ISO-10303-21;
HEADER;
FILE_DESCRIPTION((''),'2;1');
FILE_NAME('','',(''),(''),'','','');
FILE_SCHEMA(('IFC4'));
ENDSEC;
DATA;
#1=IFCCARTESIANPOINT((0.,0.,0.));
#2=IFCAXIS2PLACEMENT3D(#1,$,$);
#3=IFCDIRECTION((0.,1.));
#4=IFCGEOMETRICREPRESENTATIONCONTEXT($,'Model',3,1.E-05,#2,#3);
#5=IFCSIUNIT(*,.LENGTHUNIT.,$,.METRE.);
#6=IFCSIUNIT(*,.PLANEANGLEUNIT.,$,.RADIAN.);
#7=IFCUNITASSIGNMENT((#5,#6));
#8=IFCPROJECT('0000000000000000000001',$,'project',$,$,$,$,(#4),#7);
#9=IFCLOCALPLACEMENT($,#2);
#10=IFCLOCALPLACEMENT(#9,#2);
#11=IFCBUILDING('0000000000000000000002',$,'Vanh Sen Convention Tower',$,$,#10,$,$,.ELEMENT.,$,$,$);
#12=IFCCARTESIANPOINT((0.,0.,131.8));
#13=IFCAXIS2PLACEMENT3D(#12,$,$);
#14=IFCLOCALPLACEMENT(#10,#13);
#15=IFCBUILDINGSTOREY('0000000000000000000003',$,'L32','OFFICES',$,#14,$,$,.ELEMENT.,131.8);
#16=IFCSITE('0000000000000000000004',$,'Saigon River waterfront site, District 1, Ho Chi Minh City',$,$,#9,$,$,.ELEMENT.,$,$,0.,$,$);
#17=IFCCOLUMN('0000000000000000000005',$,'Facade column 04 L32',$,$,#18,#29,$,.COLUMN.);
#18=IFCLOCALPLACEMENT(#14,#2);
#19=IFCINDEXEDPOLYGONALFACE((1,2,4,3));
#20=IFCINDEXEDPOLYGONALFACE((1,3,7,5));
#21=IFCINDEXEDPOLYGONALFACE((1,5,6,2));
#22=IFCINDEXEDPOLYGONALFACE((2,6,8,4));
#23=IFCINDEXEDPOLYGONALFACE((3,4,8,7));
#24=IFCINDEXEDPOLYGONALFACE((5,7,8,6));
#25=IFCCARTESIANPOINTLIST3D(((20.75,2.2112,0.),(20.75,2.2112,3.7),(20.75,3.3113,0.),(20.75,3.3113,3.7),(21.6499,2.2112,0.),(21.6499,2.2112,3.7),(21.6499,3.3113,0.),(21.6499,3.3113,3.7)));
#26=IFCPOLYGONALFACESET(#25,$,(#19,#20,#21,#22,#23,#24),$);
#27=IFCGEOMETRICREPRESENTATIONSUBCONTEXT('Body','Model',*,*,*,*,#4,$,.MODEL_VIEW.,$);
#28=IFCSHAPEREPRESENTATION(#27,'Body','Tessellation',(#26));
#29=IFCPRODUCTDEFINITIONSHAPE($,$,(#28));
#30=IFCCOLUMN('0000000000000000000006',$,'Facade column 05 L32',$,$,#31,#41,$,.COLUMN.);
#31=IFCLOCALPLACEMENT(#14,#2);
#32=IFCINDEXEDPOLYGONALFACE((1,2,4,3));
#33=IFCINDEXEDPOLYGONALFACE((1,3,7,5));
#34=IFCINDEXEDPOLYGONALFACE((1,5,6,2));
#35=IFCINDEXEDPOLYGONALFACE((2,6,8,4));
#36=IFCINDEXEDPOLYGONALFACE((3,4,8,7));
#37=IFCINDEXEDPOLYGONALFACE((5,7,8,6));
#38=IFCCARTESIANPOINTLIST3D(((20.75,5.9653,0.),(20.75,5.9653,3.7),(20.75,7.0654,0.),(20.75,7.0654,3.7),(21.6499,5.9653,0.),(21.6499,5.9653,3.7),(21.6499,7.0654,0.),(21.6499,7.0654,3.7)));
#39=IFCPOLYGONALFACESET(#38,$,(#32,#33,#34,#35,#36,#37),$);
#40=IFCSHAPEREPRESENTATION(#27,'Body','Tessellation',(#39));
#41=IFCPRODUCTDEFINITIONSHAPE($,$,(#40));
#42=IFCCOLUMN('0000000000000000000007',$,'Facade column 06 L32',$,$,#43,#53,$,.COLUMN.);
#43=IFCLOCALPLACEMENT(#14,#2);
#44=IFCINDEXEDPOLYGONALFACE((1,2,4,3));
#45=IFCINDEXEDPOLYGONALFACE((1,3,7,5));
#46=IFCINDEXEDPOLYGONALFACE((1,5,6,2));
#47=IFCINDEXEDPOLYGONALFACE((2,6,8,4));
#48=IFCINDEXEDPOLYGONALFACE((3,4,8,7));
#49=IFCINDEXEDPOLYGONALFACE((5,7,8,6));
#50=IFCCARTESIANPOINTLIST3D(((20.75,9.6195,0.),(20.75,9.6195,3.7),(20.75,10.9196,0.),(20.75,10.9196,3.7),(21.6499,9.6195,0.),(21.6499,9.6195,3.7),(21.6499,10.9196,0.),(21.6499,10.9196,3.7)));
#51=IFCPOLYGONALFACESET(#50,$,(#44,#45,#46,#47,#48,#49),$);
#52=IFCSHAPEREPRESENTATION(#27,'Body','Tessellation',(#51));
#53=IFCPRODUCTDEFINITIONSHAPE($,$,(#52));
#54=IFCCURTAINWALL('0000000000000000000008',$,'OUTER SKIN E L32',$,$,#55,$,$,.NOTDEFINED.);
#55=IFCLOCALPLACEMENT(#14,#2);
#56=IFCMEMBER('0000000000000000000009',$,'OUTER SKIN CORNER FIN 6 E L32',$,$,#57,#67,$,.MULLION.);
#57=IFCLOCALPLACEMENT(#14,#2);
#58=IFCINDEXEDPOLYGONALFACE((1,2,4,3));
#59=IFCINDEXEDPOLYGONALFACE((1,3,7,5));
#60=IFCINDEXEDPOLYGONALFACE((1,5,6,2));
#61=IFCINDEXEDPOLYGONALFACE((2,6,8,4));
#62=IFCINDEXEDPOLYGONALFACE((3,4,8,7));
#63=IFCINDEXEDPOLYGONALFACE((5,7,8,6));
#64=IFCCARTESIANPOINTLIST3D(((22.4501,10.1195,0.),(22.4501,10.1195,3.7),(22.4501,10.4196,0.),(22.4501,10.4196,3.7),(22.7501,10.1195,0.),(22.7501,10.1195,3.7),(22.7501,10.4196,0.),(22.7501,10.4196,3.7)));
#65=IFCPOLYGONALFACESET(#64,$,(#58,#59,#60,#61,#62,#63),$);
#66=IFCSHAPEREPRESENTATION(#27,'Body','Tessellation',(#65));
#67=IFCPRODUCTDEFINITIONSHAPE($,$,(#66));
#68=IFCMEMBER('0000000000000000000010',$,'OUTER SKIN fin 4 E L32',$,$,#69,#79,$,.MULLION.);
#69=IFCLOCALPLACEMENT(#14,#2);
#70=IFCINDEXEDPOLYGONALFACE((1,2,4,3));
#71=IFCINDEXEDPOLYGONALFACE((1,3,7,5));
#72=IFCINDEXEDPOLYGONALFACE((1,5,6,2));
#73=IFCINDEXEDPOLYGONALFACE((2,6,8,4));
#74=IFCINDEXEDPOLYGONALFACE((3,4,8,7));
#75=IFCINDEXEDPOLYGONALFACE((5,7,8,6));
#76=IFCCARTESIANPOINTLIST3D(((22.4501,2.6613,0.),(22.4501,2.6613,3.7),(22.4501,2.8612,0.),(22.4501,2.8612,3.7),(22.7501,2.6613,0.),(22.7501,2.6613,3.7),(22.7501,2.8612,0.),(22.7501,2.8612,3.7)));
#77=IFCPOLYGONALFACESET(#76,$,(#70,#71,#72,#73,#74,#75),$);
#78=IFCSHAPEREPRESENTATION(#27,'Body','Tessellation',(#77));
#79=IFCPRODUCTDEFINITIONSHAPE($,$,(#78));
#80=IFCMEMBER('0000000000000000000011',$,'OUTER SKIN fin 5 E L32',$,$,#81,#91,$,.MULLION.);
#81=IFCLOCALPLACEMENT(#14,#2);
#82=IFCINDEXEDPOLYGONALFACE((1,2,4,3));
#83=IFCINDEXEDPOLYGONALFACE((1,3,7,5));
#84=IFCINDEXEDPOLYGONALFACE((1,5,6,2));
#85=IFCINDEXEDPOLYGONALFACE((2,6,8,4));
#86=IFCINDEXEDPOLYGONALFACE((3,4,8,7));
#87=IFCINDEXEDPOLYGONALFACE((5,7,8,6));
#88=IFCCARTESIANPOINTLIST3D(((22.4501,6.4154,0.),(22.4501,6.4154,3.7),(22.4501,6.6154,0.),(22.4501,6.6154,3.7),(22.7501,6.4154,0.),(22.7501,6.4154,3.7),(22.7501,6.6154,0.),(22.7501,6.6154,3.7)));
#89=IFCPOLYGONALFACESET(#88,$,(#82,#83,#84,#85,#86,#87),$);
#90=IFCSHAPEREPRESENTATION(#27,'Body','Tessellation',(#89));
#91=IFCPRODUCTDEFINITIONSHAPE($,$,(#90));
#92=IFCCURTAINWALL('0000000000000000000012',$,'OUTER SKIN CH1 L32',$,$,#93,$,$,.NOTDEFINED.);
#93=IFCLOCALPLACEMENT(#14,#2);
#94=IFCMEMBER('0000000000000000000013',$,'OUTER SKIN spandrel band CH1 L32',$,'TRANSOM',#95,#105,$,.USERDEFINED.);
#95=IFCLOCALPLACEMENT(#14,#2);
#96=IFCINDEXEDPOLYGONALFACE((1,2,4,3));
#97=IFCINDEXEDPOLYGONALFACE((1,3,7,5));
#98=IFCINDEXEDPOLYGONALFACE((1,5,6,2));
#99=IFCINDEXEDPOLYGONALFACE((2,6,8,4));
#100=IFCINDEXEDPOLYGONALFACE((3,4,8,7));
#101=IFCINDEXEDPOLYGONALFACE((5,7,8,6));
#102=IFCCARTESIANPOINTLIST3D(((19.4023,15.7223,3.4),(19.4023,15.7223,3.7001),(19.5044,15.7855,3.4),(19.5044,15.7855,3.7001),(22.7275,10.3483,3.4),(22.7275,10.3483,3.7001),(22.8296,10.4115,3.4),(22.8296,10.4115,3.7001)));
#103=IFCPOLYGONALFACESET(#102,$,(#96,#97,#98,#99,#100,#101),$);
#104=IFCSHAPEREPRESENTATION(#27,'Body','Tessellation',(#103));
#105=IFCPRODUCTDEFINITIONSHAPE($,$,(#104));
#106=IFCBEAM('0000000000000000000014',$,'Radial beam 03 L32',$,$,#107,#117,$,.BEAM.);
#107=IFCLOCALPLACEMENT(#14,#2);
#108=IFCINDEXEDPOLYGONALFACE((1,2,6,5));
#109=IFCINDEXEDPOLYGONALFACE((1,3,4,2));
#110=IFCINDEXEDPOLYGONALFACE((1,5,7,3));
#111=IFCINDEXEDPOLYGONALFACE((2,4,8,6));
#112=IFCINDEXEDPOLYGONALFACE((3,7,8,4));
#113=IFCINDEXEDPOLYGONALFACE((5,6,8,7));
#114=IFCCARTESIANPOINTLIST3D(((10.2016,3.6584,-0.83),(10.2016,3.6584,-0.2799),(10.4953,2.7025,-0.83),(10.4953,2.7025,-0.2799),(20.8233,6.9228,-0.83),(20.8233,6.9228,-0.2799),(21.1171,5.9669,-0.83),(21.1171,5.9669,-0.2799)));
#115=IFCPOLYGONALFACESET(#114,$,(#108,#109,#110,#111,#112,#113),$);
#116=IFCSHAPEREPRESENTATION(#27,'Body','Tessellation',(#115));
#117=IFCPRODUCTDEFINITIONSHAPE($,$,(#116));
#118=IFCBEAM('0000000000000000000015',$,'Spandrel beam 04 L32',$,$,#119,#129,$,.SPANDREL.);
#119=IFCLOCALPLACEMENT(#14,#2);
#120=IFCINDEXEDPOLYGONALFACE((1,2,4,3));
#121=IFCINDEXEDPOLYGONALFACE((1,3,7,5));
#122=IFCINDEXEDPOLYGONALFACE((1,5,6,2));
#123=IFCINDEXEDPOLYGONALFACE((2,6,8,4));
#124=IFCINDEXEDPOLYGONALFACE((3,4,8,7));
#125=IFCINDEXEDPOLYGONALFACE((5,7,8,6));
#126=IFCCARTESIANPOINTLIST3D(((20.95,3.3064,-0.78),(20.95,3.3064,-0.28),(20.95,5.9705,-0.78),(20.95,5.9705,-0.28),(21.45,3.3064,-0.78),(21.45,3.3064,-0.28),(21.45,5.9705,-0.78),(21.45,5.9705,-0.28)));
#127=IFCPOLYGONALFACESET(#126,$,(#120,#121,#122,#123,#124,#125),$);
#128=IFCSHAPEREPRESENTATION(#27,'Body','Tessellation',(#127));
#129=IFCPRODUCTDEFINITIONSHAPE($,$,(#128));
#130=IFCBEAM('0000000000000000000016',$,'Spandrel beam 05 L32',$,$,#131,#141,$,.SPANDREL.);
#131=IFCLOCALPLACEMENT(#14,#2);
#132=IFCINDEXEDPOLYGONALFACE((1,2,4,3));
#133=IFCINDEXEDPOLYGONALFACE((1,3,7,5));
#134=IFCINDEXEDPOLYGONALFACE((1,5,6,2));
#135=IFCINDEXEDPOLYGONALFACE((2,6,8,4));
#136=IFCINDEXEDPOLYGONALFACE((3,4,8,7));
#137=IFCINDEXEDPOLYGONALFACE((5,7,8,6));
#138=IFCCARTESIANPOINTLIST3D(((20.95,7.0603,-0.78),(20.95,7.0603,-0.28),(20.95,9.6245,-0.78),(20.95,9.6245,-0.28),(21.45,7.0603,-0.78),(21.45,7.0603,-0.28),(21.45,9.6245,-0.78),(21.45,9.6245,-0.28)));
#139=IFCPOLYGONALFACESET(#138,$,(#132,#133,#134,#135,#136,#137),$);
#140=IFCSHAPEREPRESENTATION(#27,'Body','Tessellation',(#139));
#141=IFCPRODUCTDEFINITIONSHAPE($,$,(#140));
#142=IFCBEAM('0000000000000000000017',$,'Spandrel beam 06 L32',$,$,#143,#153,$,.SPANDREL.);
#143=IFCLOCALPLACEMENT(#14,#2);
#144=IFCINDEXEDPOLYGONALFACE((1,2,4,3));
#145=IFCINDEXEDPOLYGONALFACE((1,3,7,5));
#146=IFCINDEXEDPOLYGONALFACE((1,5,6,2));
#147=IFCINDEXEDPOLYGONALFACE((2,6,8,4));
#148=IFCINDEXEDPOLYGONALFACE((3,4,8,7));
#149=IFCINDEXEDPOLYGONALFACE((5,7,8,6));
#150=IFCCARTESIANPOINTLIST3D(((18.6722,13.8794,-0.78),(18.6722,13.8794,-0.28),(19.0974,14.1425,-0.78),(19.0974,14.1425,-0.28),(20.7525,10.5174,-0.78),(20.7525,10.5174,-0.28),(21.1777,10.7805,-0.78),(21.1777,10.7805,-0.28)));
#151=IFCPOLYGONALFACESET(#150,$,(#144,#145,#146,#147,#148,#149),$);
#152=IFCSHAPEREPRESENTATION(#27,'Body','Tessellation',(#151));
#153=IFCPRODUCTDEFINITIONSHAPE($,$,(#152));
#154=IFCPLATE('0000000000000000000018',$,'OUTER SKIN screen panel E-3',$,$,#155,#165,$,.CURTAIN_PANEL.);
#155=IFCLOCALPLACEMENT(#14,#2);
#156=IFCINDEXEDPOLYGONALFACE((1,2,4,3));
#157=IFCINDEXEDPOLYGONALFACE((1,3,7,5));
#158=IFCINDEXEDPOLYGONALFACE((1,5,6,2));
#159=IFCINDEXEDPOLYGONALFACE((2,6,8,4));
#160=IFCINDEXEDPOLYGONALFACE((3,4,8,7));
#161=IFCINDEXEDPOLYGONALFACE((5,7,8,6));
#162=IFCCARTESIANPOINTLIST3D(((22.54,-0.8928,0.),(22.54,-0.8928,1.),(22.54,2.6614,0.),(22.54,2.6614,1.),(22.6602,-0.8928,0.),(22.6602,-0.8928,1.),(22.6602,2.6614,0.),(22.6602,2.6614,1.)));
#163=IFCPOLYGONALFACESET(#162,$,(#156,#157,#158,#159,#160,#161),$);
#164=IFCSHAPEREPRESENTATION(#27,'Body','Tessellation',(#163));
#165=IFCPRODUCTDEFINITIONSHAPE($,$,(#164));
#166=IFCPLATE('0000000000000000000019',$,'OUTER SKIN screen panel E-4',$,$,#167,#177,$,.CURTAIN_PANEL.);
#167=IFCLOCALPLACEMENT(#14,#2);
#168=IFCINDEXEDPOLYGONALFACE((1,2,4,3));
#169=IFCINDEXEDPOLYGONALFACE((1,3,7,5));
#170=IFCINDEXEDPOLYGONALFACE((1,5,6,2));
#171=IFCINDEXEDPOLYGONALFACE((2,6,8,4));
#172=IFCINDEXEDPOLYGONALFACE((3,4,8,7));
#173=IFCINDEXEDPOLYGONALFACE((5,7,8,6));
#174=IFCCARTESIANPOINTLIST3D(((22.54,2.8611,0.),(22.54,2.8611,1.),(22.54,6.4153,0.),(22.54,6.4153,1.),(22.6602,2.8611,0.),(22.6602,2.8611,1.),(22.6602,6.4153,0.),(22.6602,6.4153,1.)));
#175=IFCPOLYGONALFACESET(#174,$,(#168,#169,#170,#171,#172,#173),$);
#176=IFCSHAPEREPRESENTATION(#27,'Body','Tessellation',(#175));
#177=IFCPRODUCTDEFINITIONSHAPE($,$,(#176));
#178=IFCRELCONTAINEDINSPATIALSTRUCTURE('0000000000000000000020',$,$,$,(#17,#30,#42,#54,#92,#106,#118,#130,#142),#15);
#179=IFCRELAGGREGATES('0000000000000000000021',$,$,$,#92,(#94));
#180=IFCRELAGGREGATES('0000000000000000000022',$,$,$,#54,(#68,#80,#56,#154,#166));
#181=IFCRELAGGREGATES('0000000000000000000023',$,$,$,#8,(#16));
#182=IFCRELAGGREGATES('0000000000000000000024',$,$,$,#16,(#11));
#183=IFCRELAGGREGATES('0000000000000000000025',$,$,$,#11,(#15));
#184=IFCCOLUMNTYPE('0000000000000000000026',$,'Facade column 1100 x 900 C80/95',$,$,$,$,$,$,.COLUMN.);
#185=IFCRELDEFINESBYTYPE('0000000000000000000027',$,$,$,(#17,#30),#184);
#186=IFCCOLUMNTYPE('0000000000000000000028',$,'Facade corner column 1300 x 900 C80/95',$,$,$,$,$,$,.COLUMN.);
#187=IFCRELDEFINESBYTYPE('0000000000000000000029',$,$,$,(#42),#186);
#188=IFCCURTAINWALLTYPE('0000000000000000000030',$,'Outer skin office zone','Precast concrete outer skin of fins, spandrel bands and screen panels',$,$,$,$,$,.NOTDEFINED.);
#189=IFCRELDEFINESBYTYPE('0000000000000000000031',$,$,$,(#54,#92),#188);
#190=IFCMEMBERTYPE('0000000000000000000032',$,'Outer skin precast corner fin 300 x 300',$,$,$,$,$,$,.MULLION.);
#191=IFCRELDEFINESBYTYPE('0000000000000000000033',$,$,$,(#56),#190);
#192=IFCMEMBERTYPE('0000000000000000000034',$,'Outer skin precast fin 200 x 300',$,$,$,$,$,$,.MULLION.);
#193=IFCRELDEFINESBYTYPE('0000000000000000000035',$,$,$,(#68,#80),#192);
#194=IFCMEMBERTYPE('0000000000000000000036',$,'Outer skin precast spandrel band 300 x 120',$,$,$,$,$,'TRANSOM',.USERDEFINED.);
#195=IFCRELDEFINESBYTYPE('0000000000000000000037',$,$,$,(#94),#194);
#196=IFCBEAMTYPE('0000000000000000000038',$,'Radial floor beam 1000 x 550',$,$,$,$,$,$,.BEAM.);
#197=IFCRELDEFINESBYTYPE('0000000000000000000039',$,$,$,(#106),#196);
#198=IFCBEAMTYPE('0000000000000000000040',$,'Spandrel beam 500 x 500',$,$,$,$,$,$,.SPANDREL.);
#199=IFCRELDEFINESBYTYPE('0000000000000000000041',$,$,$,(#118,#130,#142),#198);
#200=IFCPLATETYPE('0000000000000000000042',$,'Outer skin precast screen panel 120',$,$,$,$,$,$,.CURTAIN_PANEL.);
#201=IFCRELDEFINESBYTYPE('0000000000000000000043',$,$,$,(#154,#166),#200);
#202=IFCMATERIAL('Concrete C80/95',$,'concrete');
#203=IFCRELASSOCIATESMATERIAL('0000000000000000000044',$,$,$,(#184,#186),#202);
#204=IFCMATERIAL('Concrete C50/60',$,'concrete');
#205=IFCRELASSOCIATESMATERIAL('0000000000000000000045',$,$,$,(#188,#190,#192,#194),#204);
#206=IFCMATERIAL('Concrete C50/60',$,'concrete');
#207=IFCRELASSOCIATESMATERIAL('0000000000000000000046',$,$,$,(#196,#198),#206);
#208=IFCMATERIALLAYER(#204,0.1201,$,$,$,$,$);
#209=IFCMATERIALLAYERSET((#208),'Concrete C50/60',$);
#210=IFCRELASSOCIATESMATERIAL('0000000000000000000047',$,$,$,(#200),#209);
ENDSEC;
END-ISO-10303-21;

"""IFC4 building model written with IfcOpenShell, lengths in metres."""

from ifc_helpers import new_model, si_unit, direction, frame, origin, origin_2d, place, context, subcontext, project, spatial, rectangle, extrude, material, layer, layer_set, material_profile, profile_set, type_object, element, aggregate, save


model = new_model("IFC4")

# Units and contexts
model_context = context("Model", 3, precision=1e-05, world=origin(), true_north=direction((0.0, 1.0)))
body_context = subcontext(model_context, "Body", "Model", "MODEL_VIEW")
ifc_project = project(units=[si_unit("LENGTHUNIT", "METRE"), si_unit("PLANEANGLEUNIT", "RADIAN")], contexts=[model_context])

# Site, building, storey
site_placement = place(None, origin())
site = spatial("IfcSite", under=ifc_project, at=site_placement, Name="Saigon River waterfront site, District 1, Ho Chi Minh City", CompositionType="ELEMENT", RefElevation=0.0)
building_placement = place(site_placement, origin())
building = spatial("IfcBuilding", under=site, at=building_placement, Name="Vanh Sen Convention Tower", CompositionType="ELEMENT")
storey_placement = place(building_placement, frame((0.0, 0.0, 131.8)))
storey = spatial("IfcBuildingStorey", under=building, at=storey_placement, Name="L32", Description="OFFICES", CompositionType="ELEMENT", Elevation=131.8)

# Columns
ifc_material_1 = material(Name="Concrete C80/95", Category="concrete")
ifc_material_profile_1 = material_profile(ifc_material_1, rectangle(XDim=1.1001, YDim=0.8999, at=origin_2d()), Name="RC 1100X900")
ifc_profile_set_1 = profile_set([ifc_material_profile_1], Name="Concrete C80/95")
column_type_1 = type_object("IfcColumnType", Name="Facade column 1100 x 900 C80/95", PredefinedType="COLUMN", material=ifc_profile_set_1)
for number, where, z_axis, x_axis, name in (
    (1, (21.2, 2.7612, 0.0), (0.0, 0.0, 1.0), (0.0, 1.0, 0.0), "Facade column 04 L32"),
    (2, (21.2, 6.5154, 0.0), (0.0, 0.0, 1.0), (0.0, 1.0, 0.0), "Facade column 05 L32"),
):
    element("IfcColumn", number, at=place(storey_placement, frame(where, z_axis=z_axis, x_axis=x_axis)), inside=storey, type_object=column_type_1, Name=name, PredefinedType="COLUMN", context=body_context, shape_type="SweptSolid", body=[
        extrude(rectangle(XDim=1.1001, YDim=0.8999, at=origin_2d()), origin(), (0.0, 0.0, 1.0), 3.7),
    ])
ifc_material_profile_2 = material_profile(ifc_material_1, rectangle(XDim=1.3, YDim=0.8999, at=origin_2d()), Name="RC 1300X900")
ifc_profile_set_2 = profile_set([ifc_material_profile_2], Name="Concrete C80/95")
column_type_2 = type_object("IfcColumnType", Name="Facade corner column 1300 x 900 C80/95", PredefinedType="COLUMN", material=ifc_profile_set_2)
column_placement = place(storey_placement, frame((21.2, 10.2695, 0.0), z_axis=(0.0, 0.0, 1.0), x_axis=(0.0, 1.0, 0.0)))
element("IfcColumn", 3, at=column_placement, inside=storey, type_object=column_type_2, Name="Facade column 06 L32", PredefinedType="COLUMN", context=body_context, shape_type="SweptSolid", body=[
    extrude(rectangle(XDim=1.3, YDim=0.8999, at=origin_2d()), origin(), (0.0, 0.0, 1.0), 3.7),
])

# Curtain wall, members
ifc_material_2 = material(Name="Concrete C50/60", Category="concrete")
curtain_wall_type = type_object("IfcCurtainWallType", Name="Outer skin office zone", Description="Precast concrete outer skin of fins, spandrel bands and screen panels", PredefinedType="NOTDEFINED", material=ifc_material_2)
curtain_wall_1_placement = place(storey_placement, origin())
curtain_wall_1 = element("IfcCurtainWall", 4, at=curtain_wall_1_placement, inside=storey, type_object=curtain_wall_type, Name="OUTER SKIN E L32", PredefinedType="NOTDEFINED")
ifc_material_profile_3 = material_profile(ifc_material_2, rectangle(XDim=0.3, YDim=0.3, at=origin_2d()), Name="Outer skin precast corner fin 300 x 300")
ifc_profile_set_3 = profile_set([ifc_material_profile_3], Name="Concrete C50/60")
member_type_1 = type_object("IfcMemberType", Name="Outer skin precast corner fin 300 x 300", PredefinedType="MULLION", material=ifc_profile_set_3)
member_1_placement = place(storey_placement, frame((22.6001, 10.2695, 0.0), z_axis=(0.0, 0.0, 1.0), x_axis=(0.0, 1.0, 0.0)))
member_1 = element("IfcMember", 5, at=member_1_placement, type_object=member_type_1, Name="OUTER SKIN CORNER FIN 6 E L32", PredefinedType="MULLION", context=body_context, shape_type="SweptSolid", body=[
    extrude(rectangle(XDim=0.3, YDim=0.3, at=origin_2d()), origin(), (0.0, 0.0, 1.0), 3.7),
])
ifc_material_profile_4 = material_profile(ifc_material_2, rectangle(XDim=0.2, YDim=0.3, at=origin_2d()), Name="Outer skin precast fin 200 x 300")
ifc_profile_set_4 = profile_set([ifc_material_profile_4], Name="Concrete C50/60")
member_type_2 = type_object("IfcMemberType", Name="Outer skin precast fin 200 x 300", PredefinedType="MULLION", material=ifc_profile_set_4)
member_2_placement = place(storey_placement, frame((22.6001, 2.7612, 0.0), z_axis=(0.0, 0.0, 1.0), x_axis=(0.0, 1.0, 0.0)))
member_2 = element("IfcMember", 6, at=member_2_placement, type_object=member_type_2, Name="OUTER SKIN fin 4 E L32", PredefinedType="MULLION", context=body_context, shape_type="SweptSolid", body=[
    extrude(rectangle(XDim=0.2, YDim=0.3, at=origin_2d()), origin(), (0.0, 0.0, 1.0), 3.7),
])
member_3_placement = place(storey_placement, frame((22.6001, 6.5154, 0.0), z_axis=(0.0, 0.0, 1.0), x_axis=(0.0, 1.0, 0.0)))
member_3 = element("IfcMember", 7, at=member_3_placement, type_object=member_type_2, Name="OUTER SKIN fin 5 E L32", PredefinedType="MULLION", context=body_context, shape_type="SweptSolid", body=[
    extrude(rectangle(XDim=0.2, YDim=0.3, at=origin_2d()), origin(), (0.0, 0.0, 1.0), 3.7),
])

# Curtain wall, member
curtain_wall_2_placement = place(storey_placement, origin())
curtain_wall_2 = element("IfcCurtainWall", 8, at=curtain_wall_2_placement, inside=storey, type_object=curtain_wall_type, Name="OUTER SKIN CH1 L32", PredefinedType="NOTDEFINED")
ifc_material_profile_5 = material_profile(ifc_material_2, rectangle(XDim=0.1201, YDim=0.3, at=origin_2d()), Name="Outer skin precast spandrel band 300 x 120")
ifc_profile_set_5 = profile_set([ifc_material_profile_5], Name="Concrete C50/60")
member_type_3 = type_object("IfcMemberType", Name="Outer skin precast spandrel band 300 x 120", ElementType="TRANSOM", PredefinedType="USERDEFINED", material=ifc_profile_set_5)
member_4_placement = place(storey_placement, frame((22.7786, 10.3799, 3.55), z_axis=(-0.526174, 0.850377, 0.0), x_axis=(-0.850377, -0.526174, 0.0)))
member_4 = element("IfcMember", 9, at=member_4_placement, type_object=member_type_3, Name="OUTER SKIN spandrel band CH1 L32", ObjectType="TRANSOM", PredefinedType="USERDEFINED", context=body_context, shape_type="SweptSolid", body=[
    extrude(rectangle(XDim=0.1201, YDim=0.3, at=origin_2d()), origin(), (0.0, 0.0, 1.0), 6.3196),
])
aggregate(curtain_wall_2, [member_4])

# Beams
ifc_material_3 = material(Name="Concrete C50/60", Category="concrete")
ifc_material_profile_6 = material_profile(ifc_material_3, rectangle(XDim=1.0, YDim=0.55, at=origin_2d()), Name="RC 1000X550")
ifc_profile_set_6 = profile_set([ifc_material_profile_6], Name="Concrete C50/60")
beam_type_1 = type_object("IfcBeamType", Name="Radial floor beam 1000 x 550", PredefinedType="BEAM", material=ifc_profile_set_6)
beam_1_placement = place(storey_placement, frame((20.9702, 6.4448, -0.5549), z_axis=(-0.955876, -0.293769, 0.0), x_axis=(0.293769, -0.955876, 0.0)))
element("IfcBeam", 10, at=beam_1_placement, inside=storey, type_object=beam_type_1, Name="Radial beam 03 L32", PredefinedType="BEAM", context=body_context, shape_type="SweptSolid", body=[
    extrude(rectangle(XDim=1.0, YDim=0.55, at=origin_2d()), origin(), (0.0, 0.0, 1.0), 11.1121),
])
ifc_material_profile_7 = material_profile(ifc_material_3, rectangle(XDim=0.5, YDim=0.5, at=origin_2d()), Name="RC 500X500")
ifc_profile_set_7 = profile_set([ifc_material_profile_7], Name="Concrete C50/60")
beam_type_2 = type_object("IfcBeamType", Name="Spandrel beam 500 x 500", PredefinedType="SPANDREL", material=ifc_profile_set_7)
beam_2_placement = place(storey_placement, frame((21.2, 3.3064, -0.53), z_axis=(0.0, 1.0, 0.0), x_axis=(-1.0, 0.0, 0.0)))
element("IfcBeam", 11, at=beam_2_placement, inside=storey, type_object=beam_type_2, Name="Spandrel beam 04 L32", PredefinedType="SPANDREL", context=body_context, shape_type="SweptSolid", body=[
    extrude(rectangle(XDim=0.5, YDim=0.5, at=origin_2d()), origin(), (0.0, 0.0, 1.0), 2.6641),
])
beam_3_placement = place(storey_placement, frame((21.2, 7.0603, -0.53), z_axis=(0.0, 1.0, 0.0), x_axis=(-1.0, 0.0, 0.0)))
element("IfcBeam", 12, at=beam_3_placement, inside=storey, type_object=beam_type_2, Name="Spandrel beam 05 L32", PredefinedType="SPANDREL", context=body_context, shape_type="SweptSolid", body=[
    extrude(rectangle(XDim=0.5, YDim=0.5, at=origin_2d()), origin(), (0.0, 0.0, 1.0), 2.5642),
])
beam_4_placement = place(storey_placement, frame((20.9651, 10.6489, -0.53), z_axis=(-0.52618, 0.850373, 0.0), x_axis=(-0.850373, -0.52618, 0.0)))
element("IfcBeam", 13, at=beam_4_placement, inside=storey, type_object=beam_type_2, Name="Spandrel beam 06 L32", PredefinedType="SPANDREL", context=body_context, shape_type="SweptSolid", body=[
    extrude(rectangle(XDim=0.5, YDim=0.5, at=origin_2d()), origin(), (0.0, 0.0, 1.0), 3.9536),
])

# Plates
ifc_layer_1 = layer(ifc_material_2, 0.1201)
ifc_layer_set_1 = layer_set([ifc_layer_1], Name="Concrete C50/60")
plate_type = type_object("IfcPlateType", Name="Outer skin precast screen panel 120", PredefinedType="CURTAIN_PANEL", material=ifc_layer_set_1)
plate_1_placement = place(storey_placement, frame((22.6001, 0.8843, 0.0), z_axis=(0.0, 0.0, 1.0), x_axis=(0.0, 1.0, 0.0)))
plate_1 = element("IfcPlate", 14, at=plate_1_placement, type_object=plate_type, Name="OUTER SKIN screen panel E-3", PredefinedType="CURTAIN_PANEL", context=body_context, shape_type="SweptSolid", body=[
    extrude(rectangle(XDim=3.5542, YDim=0.1201, at=origin_2d()), origin(), (0.0, 0.0, 1.0), 1.0),
])
plate_2_placement = place(storey_placement, frame((22.6001, 4.6382, 0.0), z_axis=(0.0, 0.0, 1.0), x_axis=(0.0, 1.0, 0.0)))
plate_2 = element("IfcPlate", 15, at=plate_2_placement, type_object=plate_type, Name="OUTER SKIN screen panel E-4", PredefinedType="CURTAIN_PANEL", context=body_context, shape_type="SweptSolid", body=[
    extrude(rectangle(XDim=3.5542, YDim=0.1201, at=origin_2d()), origin(), (0.0, 0.0, 1.0), 1.0),
])
aggregate(curtain_wall_1, [member_2, member_3, member_1, plate_1, plate_2])

save(model, "model.ifc")
